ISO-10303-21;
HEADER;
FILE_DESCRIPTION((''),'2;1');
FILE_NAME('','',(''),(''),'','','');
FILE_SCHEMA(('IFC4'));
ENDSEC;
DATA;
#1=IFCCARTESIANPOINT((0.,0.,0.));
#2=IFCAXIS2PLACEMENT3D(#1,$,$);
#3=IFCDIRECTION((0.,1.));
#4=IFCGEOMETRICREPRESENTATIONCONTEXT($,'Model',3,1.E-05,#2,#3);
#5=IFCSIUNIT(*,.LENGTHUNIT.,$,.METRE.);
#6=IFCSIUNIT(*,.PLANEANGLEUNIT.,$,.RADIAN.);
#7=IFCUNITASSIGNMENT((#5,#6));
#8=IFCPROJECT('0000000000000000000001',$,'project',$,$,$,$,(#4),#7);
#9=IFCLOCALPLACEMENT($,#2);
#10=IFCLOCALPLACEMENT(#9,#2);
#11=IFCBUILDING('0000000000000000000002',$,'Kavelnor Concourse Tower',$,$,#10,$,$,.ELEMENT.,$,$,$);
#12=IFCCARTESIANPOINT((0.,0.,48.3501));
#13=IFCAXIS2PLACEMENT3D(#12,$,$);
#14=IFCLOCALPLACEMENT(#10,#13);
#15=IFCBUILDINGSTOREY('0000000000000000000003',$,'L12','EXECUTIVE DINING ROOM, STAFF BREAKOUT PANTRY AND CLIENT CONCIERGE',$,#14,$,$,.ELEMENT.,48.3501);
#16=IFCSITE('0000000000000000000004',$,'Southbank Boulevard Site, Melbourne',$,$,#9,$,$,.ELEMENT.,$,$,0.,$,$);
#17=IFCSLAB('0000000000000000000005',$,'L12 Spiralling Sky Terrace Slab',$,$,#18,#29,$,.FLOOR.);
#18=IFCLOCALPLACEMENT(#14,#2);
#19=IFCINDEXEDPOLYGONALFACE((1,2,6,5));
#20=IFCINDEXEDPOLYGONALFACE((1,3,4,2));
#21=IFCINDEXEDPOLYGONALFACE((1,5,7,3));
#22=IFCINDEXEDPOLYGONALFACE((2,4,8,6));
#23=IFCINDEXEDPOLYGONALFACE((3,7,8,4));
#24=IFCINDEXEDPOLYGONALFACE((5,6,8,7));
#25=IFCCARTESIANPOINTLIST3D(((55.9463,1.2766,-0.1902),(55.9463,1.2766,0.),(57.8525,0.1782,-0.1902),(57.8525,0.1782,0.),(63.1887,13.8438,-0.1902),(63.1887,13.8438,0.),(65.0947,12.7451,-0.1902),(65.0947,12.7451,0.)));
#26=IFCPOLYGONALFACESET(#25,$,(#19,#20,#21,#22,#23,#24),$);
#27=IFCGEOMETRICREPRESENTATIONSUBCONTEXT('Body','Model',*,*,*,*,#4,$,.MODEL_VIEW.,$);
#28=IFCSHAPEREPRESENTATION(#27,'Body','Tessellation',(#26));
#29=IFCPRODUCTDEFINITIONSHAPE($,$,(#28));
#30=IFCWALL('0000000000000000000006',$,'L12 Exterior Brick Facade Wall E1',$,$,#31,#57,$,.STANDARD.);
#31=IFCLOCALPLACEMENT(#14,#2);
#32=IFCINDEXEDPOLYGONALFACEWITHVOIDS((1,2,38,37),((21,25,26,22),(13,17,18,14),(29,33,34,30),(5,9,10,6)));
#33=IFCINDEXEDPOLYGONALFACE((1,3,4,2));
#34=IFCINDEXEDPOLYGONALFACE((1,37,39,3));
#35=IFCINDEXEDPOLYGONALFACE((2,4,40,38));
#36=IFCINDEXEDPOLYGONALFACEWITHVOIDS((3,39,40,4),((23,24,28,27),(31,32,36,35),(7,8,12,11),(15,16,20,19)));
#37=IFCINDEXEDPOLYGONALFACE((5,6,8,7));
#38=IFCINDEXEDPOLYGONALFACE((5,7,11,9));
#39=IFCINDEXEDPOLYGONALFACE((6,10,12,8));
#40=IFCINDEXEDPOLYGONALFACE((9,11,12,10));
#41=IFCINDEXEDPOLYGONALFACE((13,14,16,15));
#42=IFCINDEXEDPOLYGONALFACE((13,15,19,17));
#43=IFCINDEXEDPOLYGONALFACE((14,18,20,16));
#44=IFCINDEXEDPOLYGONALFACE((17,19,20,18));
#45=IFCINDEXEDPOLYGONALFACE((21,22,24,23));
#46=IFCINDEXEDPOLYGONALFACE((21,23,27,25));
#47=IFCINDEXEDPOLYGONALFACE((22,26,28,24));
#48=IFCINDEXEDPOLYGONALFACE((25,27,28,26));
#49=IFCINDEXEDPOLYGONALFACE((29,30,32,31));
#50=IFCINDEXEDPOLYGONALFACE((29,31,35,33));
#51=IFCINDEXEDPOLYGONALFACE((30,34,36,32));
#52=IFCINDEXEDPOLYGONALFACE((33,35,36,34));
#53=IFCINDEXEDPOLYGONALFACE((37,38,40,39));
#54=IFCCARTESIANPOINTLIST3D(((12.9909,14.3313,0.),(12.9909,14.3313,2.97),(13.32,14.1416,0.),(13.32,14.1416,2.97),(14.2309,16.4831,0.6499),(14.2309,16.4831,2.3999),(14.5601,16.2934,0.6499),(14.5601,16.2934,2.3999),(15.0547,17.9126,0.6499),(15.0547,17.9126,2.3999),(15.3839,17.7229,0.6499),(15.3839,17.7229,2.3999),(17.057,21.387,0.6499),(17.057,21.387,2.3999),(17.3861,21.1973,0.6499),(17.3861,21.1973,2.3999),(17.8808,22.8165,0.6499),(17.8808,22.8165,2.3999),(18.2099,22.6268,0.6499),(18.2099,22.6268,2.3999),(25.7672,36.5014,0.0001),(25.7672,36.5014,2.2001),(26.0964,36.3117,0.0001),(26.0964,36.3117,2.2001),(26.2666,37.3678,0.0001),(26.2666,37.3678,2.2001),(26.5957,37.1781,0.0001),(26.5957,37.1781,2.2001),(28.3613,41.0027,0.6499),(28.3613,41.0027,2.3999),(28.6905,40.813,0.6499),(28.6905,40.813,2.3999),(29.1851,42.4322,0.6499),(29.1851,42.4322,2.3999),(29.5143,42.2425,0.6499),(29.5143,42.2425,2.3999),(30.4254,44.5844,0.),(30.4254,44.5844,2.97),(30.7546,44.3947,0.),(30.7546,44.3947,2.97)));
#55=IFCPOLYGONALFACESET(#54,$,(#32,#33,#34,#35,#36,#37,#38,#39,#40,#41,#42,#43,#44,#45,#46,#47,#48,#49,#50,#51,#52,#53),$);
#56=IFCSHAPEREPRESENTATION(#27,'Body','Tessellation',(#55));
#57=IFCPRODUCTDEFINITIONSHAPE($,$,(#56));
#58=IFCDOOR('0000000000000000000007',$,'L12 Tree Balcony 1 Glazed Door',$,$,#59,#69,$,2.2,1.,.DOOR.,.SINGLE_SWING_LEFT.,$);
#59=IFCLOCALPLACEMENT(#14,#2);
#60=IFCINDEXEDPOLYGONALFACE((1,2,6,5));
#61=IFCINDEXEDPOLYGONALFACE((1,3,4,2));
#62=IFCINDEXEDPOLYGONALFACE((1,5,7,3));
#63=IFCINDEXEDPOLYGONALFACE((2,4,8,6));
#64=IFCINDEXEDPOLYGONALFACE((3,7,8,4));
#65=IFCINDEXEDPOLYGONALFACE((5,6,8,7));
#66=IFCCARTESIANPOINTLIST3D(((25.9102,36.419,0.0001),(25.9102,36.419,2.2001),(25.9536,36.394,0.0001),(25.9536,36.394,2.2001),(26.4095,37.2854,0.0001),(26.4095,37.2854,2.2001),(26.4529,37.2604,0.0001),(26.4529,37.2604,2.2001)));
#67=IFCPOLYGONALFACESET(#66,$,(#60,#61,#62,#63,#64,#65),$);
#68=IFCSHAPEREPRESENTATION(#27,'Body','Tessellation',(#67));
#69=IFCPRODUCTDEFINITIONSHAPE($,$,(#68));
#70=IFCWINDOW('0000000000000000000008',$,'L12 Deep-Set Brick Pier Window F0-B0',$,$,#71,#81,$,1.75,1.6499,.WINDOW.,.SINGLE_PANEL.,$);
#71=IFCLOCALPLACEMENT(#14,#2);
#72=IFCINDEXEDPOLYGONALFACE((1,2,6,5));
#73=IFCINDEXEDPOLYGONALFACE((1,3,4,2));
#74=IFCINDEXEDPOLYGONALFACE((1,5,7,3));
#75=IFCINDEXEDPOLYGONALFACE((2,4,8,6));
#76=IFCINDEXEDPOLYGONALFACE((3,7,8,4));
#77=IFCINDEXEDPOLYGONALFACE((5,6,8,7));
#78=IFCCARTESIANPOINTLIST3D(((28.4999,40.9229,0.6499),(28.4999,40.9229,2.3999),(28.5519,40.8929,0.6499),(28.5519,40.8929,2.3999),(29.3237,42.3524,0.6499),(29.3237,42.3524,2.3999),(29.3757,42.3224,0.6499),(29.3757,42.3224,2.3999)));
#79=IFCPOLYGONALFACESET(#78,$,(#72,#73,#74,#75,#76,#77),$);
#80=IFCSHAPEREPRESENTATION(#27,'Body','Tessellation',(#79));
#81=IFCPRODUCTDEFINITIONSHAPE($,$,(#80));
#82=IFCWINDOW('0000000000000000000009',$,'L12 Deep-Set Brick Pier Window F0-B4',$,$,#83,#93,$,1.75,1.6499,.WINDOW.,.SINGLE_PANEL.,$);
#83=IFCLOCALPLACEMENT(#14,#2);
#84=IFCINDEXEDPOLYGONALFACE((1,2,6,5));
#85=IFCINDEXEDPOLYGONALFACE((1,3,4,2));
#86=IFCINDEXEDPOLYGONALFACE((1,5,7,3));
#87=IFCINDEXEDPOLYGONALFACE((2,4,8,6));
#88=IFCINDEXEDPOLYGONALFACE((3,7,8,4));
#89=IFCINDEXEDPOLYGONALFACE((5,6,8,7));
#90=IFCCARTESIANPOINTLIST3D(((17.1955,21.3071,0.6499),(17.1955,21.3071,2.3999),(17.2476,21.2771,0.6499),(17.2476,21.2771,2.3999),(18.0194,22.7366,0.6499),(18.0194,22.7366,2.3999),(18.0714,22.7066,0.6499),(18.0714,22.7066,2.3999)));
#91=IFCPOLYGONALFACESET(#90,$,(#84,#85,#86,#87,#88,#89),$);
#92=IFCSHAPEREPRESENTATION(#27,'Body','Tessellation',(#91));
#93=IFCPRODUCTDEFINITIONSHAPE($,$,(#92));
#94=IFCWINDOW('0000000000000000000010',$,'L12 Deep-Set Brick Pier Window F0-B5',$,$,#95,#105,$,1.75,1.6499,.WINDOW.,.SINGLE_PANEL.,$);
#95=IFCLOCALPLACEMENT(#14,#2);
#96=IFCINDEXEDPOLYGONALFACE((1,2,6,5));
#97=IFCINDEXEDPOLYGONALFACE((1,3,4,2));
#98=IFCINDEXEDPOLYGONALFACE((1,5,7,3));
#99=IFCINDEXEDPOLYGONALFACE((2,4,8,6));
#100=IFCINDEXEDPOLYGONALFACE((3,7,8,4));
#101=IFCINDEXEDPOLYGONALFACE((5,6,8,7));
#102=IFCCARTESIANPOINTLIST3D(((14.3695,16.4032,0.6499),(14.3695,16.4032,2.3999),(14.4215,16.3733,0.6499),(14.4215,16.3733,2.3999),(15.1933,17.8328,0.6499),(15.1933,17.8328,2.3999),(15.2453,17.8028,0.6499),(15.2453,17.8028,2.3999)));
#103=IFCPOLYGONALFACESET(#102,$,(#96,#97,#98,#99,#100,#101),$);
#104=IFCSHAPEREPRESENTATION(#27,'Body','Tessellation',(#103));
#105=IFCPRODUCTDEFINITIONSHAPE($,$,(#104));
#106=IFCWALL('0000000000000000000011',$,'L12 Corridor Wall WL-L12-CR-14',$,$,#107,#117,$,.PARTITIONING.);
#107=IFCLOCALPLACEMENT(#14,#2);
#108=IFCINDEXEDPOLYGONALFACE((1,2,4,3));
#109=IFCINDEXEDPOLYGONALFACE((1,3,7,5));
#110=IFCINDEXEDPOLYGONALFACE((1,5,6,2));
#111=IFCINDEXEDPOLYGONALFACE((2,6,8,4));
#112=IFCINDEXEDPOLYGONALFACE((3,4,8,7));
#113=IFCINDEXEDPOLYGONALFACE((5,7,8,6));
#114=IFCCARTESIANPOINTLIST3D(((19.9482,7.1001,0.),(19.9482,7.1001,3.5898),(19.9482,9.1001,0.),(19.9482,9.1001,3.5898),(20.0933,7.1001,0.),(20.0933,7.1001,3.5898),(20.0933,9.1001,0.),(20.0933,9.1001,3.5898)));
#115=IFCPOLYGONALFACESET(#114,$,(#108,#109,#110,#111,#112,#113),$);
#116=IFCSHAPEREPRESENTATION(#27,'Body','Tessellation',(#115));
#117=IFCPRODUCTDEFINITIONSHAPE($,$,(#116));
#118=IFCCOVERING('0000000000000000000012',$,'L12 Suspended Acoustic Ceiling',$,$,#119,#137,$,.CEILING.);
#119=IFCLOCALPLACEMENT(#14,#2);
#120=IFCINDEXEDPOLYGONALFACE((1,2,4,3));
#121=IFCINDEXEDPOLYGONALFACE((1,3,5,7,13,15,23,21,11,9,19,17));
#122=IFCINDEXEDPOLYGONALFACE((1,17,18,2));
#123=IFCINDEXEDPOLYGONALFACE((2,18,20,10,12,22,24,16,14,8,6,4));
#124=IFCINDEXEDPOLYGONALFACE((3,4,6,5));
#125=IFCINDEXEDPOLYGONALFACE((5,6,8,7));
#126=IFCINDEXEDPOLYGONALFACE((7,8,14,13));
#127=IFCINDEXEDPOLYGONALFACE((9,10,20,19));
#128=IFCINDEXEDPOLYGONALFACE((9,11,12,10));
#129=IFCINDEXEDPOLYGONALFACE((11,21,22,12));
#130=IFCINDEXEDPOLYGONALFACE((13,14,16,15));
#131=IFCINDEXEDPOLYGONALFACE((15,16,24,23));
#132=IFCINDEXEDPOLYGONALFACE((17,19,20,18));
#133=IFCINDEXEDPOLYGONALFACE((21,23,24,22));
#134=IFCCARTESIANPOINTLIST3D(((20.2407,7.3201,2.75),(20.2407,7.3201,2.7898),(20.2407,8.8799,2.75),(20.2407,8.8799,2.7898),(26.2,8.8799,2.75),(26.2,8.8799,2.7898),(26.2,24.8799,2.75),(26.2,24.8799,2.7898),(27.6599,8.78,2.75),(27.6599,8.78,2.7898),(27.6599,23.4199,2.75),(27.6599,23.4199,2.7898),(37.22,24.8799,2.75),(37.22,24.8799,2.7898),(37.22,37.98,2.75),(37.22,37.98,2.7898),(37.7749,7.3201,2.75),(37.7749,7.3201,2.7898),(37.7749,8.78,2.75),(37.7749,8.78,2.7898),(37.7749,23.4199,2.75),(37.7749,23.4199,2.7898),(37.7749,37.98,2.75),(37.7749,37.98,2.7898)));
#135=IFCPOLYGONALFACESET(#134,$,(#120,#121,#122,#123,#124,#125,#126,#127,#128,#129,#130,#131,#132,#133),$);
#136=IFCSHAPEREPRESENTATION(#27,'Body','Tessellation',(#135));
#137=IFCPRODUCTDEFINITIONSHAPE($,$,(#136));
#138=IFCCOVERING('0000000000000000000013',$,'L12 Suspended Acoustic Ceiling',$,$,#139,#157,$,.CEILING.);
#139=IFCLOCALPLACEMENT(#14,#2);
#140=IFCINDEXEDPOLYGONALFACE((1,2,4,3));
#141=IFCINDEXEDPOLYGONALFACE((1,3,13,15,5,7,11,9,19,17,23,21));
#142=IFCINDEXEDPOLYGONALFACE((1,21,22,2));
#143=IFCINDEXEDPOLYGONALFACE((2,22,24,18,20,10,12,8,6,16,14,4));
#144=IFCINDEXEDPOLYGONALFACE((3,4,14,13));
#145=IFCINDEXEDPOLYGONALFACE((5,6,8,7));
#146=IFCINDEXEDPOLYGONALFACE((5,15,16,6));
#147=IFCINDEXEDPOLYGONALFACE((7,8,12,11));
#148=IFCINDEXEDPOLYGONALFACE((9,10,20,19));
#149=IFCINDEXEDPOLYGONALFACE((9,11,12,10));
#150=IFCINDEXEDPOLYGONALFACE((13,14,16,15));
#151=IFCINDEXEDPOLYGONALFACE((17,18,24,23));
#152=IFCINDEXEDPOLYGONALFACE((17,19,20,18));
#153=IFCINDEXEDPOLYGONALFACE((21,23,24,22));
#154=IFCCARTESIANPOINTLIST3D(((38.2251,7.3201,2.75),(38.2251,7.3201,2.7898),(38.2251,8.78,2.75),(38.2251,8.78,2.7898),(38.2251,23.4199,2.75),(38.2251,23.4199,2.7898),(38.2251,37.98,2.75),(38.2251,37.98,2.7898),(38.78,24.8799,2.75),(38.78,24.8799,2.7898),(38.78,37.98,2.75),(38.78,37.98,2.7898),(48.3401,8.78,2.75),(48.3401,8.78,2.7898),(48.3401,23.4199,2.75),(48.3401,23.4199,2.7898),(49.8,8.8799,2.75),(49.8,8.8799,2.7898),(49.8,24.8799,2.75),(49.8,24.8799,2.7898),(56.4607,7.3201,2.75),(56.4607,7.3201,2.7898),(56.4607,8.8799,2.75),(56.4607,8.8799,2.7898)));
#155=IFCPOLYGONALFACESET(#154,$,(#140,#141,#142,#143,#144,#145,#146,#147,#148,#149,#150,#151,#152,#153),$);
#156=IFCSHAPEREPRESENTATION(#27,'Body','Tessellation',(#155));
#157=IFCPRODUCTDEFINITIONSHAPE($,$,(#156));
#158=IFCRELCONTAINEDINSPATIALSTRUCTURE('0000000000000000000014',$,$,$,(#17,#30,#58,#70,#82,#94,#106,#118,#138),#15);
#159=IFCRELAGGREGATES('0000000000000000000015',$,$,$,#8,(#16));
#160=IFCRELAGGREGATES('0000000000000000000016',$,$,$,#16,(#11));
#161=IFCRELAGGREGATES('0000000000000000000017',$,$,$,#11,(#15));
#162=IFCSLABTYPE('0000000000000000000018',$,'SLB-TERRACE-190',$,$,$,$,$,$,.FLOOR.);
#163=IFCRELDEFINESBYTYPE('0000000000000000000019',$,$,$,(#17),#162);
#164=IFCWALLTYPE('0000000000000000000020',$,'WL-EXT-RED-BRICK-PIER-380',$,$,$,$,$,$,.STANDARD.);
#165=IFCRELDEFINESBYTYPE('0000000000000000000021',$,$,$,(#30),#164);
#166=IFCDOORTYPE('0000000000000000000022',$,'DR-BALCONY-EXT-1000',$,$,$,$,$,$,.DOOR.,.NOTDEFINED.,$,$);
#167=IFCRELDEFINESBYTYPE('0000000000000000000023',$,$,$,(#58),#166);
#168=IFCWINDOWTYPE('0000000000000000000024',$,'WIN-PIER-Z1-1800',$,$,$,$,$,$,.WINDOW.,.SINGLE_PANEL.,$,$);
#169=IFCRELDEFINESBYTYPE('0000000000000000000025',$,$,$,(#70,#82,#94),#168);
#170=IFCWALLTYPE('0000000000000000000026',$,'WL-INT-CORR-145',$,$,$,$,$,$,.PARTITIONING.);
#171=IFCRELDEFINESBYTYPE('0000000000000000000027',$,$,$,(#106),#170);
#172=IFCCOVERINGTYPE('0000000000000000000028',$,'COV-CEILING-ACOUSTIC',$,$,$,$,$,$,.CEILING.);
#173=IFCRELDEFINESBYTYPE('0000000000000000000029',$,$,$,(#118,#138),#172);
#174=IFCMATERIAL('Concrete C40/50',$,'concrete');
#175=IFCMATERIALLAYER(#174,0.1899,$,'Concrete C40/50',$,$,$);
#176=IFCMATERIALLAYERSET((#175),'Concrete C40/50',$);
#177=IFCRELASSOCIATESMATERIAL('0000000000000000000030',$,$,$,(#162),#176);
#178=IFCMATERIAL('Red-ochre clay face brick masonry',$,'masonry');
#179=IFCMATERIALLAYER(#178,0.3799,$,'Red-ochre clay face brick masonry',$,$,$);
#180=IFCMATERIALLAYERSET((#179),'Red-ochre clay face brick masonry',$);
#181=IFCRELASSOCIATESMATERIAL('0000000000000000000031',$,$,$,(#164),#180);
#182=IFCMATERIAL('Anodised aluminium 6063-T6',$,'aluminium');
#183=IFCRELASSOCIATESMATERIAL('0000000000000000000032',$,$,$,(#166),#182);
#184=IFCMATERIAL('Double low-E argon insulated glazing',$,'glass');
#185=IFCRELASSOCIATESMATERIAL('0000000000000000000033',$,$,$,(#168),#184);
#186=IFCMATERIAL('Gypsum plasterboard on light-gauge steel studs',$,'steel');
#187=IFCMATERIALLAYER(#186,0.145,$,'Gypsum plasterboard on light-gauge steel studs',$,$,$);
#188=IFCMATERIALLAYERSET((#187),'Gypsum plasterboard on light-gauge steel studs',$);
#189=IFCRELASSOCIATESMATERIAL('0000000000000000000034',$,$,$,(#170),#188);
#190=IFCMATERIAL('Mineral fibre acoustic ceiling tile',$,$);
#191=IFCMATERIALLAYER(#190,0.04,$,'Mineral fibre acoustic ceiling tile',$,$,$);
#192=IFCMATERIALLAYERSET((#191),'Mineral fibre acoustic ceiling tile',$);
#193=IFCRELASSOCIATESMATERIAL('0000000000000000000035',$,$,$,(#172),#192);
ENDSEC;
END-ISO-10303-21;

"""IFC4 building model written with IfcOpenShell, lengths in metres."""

from ifc_helpers import new_model, si_unit, direction, frame, frame_2d, origin, place, context, subcontext, project, spatial, polyline, rectangle, outline, extrude, material, layer, layer_set, type_object, element, fill, save


model = new_model("IFC4")

# Units and contexts
model_context = context("Model", 3, precision=1e-05, world=origin(), true_north=direction((0.0, 1.0)))
body_context = subcontext(model_context, "Body", "Model", "MODEL_VIEW")
ifc_project = project(units=[si_unit("LENGTHUNIT", "METRE"), si_unit("PLANEANGLEUNIT", "RADIAN")], contexts=[model_context])

# Site, building, storey
site_placement = place(None, origin())
site = spatial("IfcSite", under=ifc_project, at=site_placement, Name="Southbank Boulevard Site, Melbourne", CompositionType="ELEMENT", RefElevation=0.0)
building_placement = place(site_placement, origin())
building = spatial("IfcBuilding", under=site, at=building_placement, Name="Kavelnor Concourse Tower", CompositionType="ELEMENT")
storey_placement = place(building_placement, frame((0.0, 0.0, 48.3501)))
storey = spatial("IfcBuildingStorey", under=building, at=storey_placement, Name="L12", Description="EXECUTIVE DINING ROOM, STAFF BREAKOUT PANTRY AND CLIENT CONCIERGE", CompositionType="ELEMENT", Elevation=48.3501)

# Shared definitions
ifc_material_1 = material(Name="Concrete C40/50", Category="concrete")

# Slab
ifc_layer_1 = layer(ifc_material_1, 0.1899, Name="Concrete C40/50")
ifc_layer_set_1 = layer_set([ifc_layer_1], Name="Concrete C40/50")
slab_type_1 = type_object("IfcSlabType", Name="SLB-TERRACE-190", PredefinedType="FLOOR", material=ifc_layer_set_1)
slab_1_placement = place(storey_placement, frame((0.0, 0.0, -0.1902)))
element("IfcSlab", 1, at=slab_1_placement, inside=storey, type_object=slab_type_1, Name="L12 Spiralling Sky Terrace Slab", PredefinedType="FLOOR", context=body_context, shape_type="SweptSolid", body=[
    extrude(outline(polyline([(65.0947, 12.7451), (57.8525, 0.1782), (55.9463, 1.2766), (63.1887, 13.8438), (65.0947, 12.7451)])), origin(), (0.0, 0.0, 1.0), 0.1902),
])

# Wall, openings, door, windows
ifc_material_2 = material(Name="Red-ochre clay face brick masonry", Category="masonry")
ifc_layer_2 = layer(ifc_material_2, 0.3799, Name="Red-ochre clay face brick masonry")
ifc_layer_set_2 = layer_set([ifc_layer_2], Name="Red-ochre clay face brick masonry")
wall_type_1 = type_object("IfcWallType", Name="WL-EXT-RED-BRICK-PIER-380", PredefinedType="STANDARD", material=ifc_layer_set_2)
wall_1_placement = place(storey_placement, frame((13.1555, 14.2366, 0.0), z_axis=(0.0, 0.0, 1.0), x_axis=(0.49931, 0.866423, 0.0)))
wall_1 = element("IfcWall", 2, at=wall_1_placement, inside=storey, type_object=wall_type_1, Name="L12 Exterior Brick Facade Wall E1", PredefinedType="STANDARD", context=body_context, shape_type="SweptSolid", body=[
    extrude(rectangle(XDim=34.9172, YDim=0.3799, at=frame_2d((17.4585, 0.0))), origin(), (0.0, 0.0, 1.0), 2.97),
])
opening_1_placement = place(wall_1_placement, frame((25.5879, 0.0, 0.0)))
opening_1 = element("IfcOpeningElement", 3, at=opening_1_placement, cuts=wall_1, PredefinedType="OPENING", context=body_context, shape_type="SweptSolid", body=[
    extrude(rectangle(XDim=1.0, YDim=2.2, at=frame_2d((0.5, 1.1001))), frame((0.0, 0.2, 0.0), z_axis=(0.0, -1.0, 0.0), x_axis=(1.0, 0.0, 0.0)), (0.0, 0.0, 1.0), 0.3999),
])
opening_2_placement = place(wall_1_placement, frame((30.7832, 0.0, 0.6499)))
opening_2 = element("IfcOpeningElement", 4, at=opening_2_placement, cuts=wall_1, PredefinedType="OPENING", context=body_context, shape_type="SweptSolid", body=[
    extrude(rectangle(XDim=1.6499, YDim=1.75, at=frame_2d((0.825, 0.875))), frame((0.0, 0.2, 0.0), z_axis=(0.0, -1.0, 0.0), x_axis=(1.0, 0.0, 0.0)), (0.0, 0.0, 1.0), 0.3999),
])
opening_3_placement = place(wall_1_placement, frame((8.1433, 0.0, 0.6499)))
opening_3 = element("IfcOpeningElement", 5, at=opening_3_placement, cuts=wall_1, PredefinedType="OPENING", context=body_context, shape_type="SweptSolid", body=[
    extrude(rectangle(XDim=1.6499, YDim=1.75, at=frame_2d((0.825, 0.875))), frame((0.0, 0.2, 0.0), z_axis=(0.0, -1.0, 0.0), x_axis=(1.0, 0.0, 0.0)), (0.0, 0.0, 1.0), 0.3999),
])
opening_4_placement = place(wall_1_placement, frame((2.4834, 0.0, 0.6499)))
opening_4 = element("IfcOpeningElement", 6, at=opening_4_placement, cuts=wall_1, PredefinedType="OPENING", context=body_context, shape_type="SweptSolid", body=[
    extrude(rectangle(XDim=1.6499, YDim=1.75, at=frame_2d((0.825, 0.875))), frame((0.0, 0.2, 0.0), z_axis=(0.0, -1.0, 0.0), x_axis=(1.0, 0.0, 0.0)), (0.0, 0.0, 1.0), 0.3999),
])
ifc_material_3 = material(Name="Anodised aluminium 6063-T6", Category="aluminium")
door_type = type_object("IfcDoorType", Name="DR-BALCONY-EXT-1000", OperationType="NOTDEFINED", PredefinedType="DOOR", material=ifc_material_3)
door_placement = place(opening_1_placement, origin())
door = element("IfcDoor", 7, at=door_placement, inside=storey, type_object=door_type, Name="L12 Tree Balcony 1 Glazed Door", OperationType="SINGLE_SWING_LEFT", OverallHeight=2.2, OverallWidth=1.0, PredefinedType="DOOR", context=body_context, shape_type="SweptSolid", body=[
    extrude(rectangle(XDim=1.0, YDim=2.2, at=frame_2d((0.5, 1.1001))), frame((0.0, 0.0249, 0.0), z_axis=(0.0, -1.0, 0.0), x_axis=(1.0, 0.0, 0.0)), (0.0, 0.0, 1.0), 0.05),
])
fill(opening_1, door)
ifc_material_4 = material(Name="Double low-E argon insulated glazing", Category="glass")
window_type = type_object("IfcWindowType", Name="WIN-PIER-Z1-1800", PartitioningType="SINGLE_PANEL", PredefinedType="WINDOW", material=ifc_material_4)
window_1_placement = place(opening_2_placement, origin())
window_1 = element("IfcWindow", 8, at=window_1_placement, inside=storey, type_object=window_type, Name="L12 Deep-Set Brick Pier Window F0-B0", OverallHeight=1.75, OverallWidth=1.6499, PartitioningType="SINGLE_PANEL", PredefinedType="WINDOW", context=body_context, shape_type="SweptSolid", body=[
    extrude(rectangle(XDim=1.6499, YDim=1.75, at=frame_2d((0.825, 0.875))), frame((0.0, 0.03, 0.0), z_axis=(0.0, -1.0, 0.0), x_axis=(1.0, 0.0, 0.0)), (0.0, 0.0, 1.0), 0.0601),
])
fill(opening_2, window_1)
window_2_placement = place(opening_3_placement, origin())
window_2 = element("IfcWindow", 9, at=window_2_placement, inside=storey, type_object=window_type, Name="L12 Deep-Set Brick Pier Window F0-B4", OverallHeight=1.75, OverallWidth=1.6499, PartitioningType="SINGLE_PANEL", PredefinedType="WINDOW", context=body_context, shape_type="SweptSolid", body=[
    extrude(rectangle(XDim=1.6499, YDim=1.75, at=frame_2d((0.825, 0.875))), frame((0.0, 0.03, 0.0), z_axis=(0.0, -1.0, 0.0), x_axis=(1.0, 0.0, 0.0)), (0.0, 0.0, 1.0), 0.0601),
])
fill(opening_3, window_2)
window_3_placement = place(opening_4_placement, origin())
window_3 = element("IfcWindow", 10, at=window_3_placement, inside=storey, type_object=window_type, Name="L12 Deep-Set Brick Pier Window F0-B5", OverallHeight=1.75, OverallWidth=1.6499, PartitioningType="SINGLE_PANEL", PredefinedType="WINDOW", context=body_context, shape_type="SweptSolid", body=[
    extrude(rectangle(XDim=1.6499, YDim=1.75, at=frame_2d((0.825, 0.875))), frame((0.0, 0.03, 0.0), z_axis=(0.0, -1.0, 0.0), x_axis=(1.0, 0.0, 0.0)), (0.0, 0.0, 1.0), 0.0601),
])
fill(opening_4, window_3)

# Wall
ifc_material_5 = material(Name="Gypsum plasterboard on light-gauge steel studs", Category="steel")
ifc_layer_3 = layer(ifc_material_5, 0.145, Name="Gypsum plasterboard on light-gauge steel studs")
ifc_layer_set_3 = layer_set([ifc_layer_3], Name="Gypsum plasterboard on light-gauge steel studs")
wall_type_2 = type_object("IfcWallType", Name="WL-INT-CORR-145", PredefinedType="PARTITIONING", material=ifc_layer_set_3)
wall_2_placement = place(storey_placement, frame((20.0208, 7.1001, 0.0), z_axis=(0.0, 0.0, 1.0), x_axis=(0.0, 1.0, 0.0)))
element("IfcWall", 11, at=wall_2_placement, inside=storey, type_object=wall_type_2, Name="L12 Corridor Wall WL-L12-CR-14", PredefinedType="PARTITIONING", context=body_context, shape_type="SweptSolid", body=[
    extrude(rectangle(XDim=2.0, YDim=0.145, at=frame_2d((1.0, 0.0))), origin(), (0.0, 0.0, 1.0), 3.5898),
])

# Coverings
ifc_material_6 = material(Name="Mineral fibre acoustic ceiling tile")
ifc_layer_4 = layer(ifc_material_6, 0.04, Name="Mineral fibre acoustic ceiling tile")
ifc_layer_set_4 = layer_set([ifc_layer_4], Name="Mineral fibre acoustic ceiling tile")
covering_type_1 = type_object("IfcCoveringType", Name="COV-CEILING-ACOUSTIC", PredefinedType="CEILING", material=ifc_layer_set_4)
covering_1_placement = place(storey_placement, frame((0.0, 0.0, 2.75)))
element("IfcCovering", 12, at=covering_1_placement, inside=storey, type_object=covering_type_1, Name="L12 Suspended Acoustic Ceiling", PredefinedType="CEILING", context=body_context, shape_type="SweptSolid", body=[
    extrude(outline(polyline([(37.22, 37.98), (37.7749, 37.98), (37.7749, 23.4199), (27.6599, 23.4199), (27.6599, 8.78), (37.7749, 8.78), (37.7749, 7.3201), (20.2407, 7.3201), (20.2407, 8.8799), (26.2, 8.8799), (26.2, 24.8799), (37.22, 24.8799), (37.22, 37.98)])), origin(), (0.0, 0.0, 1.0), 0.0398),
])
covering_2_placement = place(storey_placement, frame((0.0, 0.0, 2.75)))
element("IfcCovering", 13, at=covering_2_placement, inside=storey, type_object=covering_type_1, Name="L12 Suspended Acoustic Ceiling", PredefinedType="CEILING", context=body_context, shape_type="SweptSolid", body=[
    extrude(outline(polyline([(38.78, 37.98), (38.78, 24.8799), (49.8, 24.8799), (49.8, 8.8799), (56.4607, 8.8799), (56.4607, 7.3201), (38.2251, 7.3201), (38.2251, 8.78), (48.3401, 8.78), (48.3401, 23.4199), (38.2251, 23.4199), (38.2251, 37.98), (38.78, 37.98)])), origin(), (0.0, 0.0, 1.0), 0.0398),
])

save(model, "model.ifc")
